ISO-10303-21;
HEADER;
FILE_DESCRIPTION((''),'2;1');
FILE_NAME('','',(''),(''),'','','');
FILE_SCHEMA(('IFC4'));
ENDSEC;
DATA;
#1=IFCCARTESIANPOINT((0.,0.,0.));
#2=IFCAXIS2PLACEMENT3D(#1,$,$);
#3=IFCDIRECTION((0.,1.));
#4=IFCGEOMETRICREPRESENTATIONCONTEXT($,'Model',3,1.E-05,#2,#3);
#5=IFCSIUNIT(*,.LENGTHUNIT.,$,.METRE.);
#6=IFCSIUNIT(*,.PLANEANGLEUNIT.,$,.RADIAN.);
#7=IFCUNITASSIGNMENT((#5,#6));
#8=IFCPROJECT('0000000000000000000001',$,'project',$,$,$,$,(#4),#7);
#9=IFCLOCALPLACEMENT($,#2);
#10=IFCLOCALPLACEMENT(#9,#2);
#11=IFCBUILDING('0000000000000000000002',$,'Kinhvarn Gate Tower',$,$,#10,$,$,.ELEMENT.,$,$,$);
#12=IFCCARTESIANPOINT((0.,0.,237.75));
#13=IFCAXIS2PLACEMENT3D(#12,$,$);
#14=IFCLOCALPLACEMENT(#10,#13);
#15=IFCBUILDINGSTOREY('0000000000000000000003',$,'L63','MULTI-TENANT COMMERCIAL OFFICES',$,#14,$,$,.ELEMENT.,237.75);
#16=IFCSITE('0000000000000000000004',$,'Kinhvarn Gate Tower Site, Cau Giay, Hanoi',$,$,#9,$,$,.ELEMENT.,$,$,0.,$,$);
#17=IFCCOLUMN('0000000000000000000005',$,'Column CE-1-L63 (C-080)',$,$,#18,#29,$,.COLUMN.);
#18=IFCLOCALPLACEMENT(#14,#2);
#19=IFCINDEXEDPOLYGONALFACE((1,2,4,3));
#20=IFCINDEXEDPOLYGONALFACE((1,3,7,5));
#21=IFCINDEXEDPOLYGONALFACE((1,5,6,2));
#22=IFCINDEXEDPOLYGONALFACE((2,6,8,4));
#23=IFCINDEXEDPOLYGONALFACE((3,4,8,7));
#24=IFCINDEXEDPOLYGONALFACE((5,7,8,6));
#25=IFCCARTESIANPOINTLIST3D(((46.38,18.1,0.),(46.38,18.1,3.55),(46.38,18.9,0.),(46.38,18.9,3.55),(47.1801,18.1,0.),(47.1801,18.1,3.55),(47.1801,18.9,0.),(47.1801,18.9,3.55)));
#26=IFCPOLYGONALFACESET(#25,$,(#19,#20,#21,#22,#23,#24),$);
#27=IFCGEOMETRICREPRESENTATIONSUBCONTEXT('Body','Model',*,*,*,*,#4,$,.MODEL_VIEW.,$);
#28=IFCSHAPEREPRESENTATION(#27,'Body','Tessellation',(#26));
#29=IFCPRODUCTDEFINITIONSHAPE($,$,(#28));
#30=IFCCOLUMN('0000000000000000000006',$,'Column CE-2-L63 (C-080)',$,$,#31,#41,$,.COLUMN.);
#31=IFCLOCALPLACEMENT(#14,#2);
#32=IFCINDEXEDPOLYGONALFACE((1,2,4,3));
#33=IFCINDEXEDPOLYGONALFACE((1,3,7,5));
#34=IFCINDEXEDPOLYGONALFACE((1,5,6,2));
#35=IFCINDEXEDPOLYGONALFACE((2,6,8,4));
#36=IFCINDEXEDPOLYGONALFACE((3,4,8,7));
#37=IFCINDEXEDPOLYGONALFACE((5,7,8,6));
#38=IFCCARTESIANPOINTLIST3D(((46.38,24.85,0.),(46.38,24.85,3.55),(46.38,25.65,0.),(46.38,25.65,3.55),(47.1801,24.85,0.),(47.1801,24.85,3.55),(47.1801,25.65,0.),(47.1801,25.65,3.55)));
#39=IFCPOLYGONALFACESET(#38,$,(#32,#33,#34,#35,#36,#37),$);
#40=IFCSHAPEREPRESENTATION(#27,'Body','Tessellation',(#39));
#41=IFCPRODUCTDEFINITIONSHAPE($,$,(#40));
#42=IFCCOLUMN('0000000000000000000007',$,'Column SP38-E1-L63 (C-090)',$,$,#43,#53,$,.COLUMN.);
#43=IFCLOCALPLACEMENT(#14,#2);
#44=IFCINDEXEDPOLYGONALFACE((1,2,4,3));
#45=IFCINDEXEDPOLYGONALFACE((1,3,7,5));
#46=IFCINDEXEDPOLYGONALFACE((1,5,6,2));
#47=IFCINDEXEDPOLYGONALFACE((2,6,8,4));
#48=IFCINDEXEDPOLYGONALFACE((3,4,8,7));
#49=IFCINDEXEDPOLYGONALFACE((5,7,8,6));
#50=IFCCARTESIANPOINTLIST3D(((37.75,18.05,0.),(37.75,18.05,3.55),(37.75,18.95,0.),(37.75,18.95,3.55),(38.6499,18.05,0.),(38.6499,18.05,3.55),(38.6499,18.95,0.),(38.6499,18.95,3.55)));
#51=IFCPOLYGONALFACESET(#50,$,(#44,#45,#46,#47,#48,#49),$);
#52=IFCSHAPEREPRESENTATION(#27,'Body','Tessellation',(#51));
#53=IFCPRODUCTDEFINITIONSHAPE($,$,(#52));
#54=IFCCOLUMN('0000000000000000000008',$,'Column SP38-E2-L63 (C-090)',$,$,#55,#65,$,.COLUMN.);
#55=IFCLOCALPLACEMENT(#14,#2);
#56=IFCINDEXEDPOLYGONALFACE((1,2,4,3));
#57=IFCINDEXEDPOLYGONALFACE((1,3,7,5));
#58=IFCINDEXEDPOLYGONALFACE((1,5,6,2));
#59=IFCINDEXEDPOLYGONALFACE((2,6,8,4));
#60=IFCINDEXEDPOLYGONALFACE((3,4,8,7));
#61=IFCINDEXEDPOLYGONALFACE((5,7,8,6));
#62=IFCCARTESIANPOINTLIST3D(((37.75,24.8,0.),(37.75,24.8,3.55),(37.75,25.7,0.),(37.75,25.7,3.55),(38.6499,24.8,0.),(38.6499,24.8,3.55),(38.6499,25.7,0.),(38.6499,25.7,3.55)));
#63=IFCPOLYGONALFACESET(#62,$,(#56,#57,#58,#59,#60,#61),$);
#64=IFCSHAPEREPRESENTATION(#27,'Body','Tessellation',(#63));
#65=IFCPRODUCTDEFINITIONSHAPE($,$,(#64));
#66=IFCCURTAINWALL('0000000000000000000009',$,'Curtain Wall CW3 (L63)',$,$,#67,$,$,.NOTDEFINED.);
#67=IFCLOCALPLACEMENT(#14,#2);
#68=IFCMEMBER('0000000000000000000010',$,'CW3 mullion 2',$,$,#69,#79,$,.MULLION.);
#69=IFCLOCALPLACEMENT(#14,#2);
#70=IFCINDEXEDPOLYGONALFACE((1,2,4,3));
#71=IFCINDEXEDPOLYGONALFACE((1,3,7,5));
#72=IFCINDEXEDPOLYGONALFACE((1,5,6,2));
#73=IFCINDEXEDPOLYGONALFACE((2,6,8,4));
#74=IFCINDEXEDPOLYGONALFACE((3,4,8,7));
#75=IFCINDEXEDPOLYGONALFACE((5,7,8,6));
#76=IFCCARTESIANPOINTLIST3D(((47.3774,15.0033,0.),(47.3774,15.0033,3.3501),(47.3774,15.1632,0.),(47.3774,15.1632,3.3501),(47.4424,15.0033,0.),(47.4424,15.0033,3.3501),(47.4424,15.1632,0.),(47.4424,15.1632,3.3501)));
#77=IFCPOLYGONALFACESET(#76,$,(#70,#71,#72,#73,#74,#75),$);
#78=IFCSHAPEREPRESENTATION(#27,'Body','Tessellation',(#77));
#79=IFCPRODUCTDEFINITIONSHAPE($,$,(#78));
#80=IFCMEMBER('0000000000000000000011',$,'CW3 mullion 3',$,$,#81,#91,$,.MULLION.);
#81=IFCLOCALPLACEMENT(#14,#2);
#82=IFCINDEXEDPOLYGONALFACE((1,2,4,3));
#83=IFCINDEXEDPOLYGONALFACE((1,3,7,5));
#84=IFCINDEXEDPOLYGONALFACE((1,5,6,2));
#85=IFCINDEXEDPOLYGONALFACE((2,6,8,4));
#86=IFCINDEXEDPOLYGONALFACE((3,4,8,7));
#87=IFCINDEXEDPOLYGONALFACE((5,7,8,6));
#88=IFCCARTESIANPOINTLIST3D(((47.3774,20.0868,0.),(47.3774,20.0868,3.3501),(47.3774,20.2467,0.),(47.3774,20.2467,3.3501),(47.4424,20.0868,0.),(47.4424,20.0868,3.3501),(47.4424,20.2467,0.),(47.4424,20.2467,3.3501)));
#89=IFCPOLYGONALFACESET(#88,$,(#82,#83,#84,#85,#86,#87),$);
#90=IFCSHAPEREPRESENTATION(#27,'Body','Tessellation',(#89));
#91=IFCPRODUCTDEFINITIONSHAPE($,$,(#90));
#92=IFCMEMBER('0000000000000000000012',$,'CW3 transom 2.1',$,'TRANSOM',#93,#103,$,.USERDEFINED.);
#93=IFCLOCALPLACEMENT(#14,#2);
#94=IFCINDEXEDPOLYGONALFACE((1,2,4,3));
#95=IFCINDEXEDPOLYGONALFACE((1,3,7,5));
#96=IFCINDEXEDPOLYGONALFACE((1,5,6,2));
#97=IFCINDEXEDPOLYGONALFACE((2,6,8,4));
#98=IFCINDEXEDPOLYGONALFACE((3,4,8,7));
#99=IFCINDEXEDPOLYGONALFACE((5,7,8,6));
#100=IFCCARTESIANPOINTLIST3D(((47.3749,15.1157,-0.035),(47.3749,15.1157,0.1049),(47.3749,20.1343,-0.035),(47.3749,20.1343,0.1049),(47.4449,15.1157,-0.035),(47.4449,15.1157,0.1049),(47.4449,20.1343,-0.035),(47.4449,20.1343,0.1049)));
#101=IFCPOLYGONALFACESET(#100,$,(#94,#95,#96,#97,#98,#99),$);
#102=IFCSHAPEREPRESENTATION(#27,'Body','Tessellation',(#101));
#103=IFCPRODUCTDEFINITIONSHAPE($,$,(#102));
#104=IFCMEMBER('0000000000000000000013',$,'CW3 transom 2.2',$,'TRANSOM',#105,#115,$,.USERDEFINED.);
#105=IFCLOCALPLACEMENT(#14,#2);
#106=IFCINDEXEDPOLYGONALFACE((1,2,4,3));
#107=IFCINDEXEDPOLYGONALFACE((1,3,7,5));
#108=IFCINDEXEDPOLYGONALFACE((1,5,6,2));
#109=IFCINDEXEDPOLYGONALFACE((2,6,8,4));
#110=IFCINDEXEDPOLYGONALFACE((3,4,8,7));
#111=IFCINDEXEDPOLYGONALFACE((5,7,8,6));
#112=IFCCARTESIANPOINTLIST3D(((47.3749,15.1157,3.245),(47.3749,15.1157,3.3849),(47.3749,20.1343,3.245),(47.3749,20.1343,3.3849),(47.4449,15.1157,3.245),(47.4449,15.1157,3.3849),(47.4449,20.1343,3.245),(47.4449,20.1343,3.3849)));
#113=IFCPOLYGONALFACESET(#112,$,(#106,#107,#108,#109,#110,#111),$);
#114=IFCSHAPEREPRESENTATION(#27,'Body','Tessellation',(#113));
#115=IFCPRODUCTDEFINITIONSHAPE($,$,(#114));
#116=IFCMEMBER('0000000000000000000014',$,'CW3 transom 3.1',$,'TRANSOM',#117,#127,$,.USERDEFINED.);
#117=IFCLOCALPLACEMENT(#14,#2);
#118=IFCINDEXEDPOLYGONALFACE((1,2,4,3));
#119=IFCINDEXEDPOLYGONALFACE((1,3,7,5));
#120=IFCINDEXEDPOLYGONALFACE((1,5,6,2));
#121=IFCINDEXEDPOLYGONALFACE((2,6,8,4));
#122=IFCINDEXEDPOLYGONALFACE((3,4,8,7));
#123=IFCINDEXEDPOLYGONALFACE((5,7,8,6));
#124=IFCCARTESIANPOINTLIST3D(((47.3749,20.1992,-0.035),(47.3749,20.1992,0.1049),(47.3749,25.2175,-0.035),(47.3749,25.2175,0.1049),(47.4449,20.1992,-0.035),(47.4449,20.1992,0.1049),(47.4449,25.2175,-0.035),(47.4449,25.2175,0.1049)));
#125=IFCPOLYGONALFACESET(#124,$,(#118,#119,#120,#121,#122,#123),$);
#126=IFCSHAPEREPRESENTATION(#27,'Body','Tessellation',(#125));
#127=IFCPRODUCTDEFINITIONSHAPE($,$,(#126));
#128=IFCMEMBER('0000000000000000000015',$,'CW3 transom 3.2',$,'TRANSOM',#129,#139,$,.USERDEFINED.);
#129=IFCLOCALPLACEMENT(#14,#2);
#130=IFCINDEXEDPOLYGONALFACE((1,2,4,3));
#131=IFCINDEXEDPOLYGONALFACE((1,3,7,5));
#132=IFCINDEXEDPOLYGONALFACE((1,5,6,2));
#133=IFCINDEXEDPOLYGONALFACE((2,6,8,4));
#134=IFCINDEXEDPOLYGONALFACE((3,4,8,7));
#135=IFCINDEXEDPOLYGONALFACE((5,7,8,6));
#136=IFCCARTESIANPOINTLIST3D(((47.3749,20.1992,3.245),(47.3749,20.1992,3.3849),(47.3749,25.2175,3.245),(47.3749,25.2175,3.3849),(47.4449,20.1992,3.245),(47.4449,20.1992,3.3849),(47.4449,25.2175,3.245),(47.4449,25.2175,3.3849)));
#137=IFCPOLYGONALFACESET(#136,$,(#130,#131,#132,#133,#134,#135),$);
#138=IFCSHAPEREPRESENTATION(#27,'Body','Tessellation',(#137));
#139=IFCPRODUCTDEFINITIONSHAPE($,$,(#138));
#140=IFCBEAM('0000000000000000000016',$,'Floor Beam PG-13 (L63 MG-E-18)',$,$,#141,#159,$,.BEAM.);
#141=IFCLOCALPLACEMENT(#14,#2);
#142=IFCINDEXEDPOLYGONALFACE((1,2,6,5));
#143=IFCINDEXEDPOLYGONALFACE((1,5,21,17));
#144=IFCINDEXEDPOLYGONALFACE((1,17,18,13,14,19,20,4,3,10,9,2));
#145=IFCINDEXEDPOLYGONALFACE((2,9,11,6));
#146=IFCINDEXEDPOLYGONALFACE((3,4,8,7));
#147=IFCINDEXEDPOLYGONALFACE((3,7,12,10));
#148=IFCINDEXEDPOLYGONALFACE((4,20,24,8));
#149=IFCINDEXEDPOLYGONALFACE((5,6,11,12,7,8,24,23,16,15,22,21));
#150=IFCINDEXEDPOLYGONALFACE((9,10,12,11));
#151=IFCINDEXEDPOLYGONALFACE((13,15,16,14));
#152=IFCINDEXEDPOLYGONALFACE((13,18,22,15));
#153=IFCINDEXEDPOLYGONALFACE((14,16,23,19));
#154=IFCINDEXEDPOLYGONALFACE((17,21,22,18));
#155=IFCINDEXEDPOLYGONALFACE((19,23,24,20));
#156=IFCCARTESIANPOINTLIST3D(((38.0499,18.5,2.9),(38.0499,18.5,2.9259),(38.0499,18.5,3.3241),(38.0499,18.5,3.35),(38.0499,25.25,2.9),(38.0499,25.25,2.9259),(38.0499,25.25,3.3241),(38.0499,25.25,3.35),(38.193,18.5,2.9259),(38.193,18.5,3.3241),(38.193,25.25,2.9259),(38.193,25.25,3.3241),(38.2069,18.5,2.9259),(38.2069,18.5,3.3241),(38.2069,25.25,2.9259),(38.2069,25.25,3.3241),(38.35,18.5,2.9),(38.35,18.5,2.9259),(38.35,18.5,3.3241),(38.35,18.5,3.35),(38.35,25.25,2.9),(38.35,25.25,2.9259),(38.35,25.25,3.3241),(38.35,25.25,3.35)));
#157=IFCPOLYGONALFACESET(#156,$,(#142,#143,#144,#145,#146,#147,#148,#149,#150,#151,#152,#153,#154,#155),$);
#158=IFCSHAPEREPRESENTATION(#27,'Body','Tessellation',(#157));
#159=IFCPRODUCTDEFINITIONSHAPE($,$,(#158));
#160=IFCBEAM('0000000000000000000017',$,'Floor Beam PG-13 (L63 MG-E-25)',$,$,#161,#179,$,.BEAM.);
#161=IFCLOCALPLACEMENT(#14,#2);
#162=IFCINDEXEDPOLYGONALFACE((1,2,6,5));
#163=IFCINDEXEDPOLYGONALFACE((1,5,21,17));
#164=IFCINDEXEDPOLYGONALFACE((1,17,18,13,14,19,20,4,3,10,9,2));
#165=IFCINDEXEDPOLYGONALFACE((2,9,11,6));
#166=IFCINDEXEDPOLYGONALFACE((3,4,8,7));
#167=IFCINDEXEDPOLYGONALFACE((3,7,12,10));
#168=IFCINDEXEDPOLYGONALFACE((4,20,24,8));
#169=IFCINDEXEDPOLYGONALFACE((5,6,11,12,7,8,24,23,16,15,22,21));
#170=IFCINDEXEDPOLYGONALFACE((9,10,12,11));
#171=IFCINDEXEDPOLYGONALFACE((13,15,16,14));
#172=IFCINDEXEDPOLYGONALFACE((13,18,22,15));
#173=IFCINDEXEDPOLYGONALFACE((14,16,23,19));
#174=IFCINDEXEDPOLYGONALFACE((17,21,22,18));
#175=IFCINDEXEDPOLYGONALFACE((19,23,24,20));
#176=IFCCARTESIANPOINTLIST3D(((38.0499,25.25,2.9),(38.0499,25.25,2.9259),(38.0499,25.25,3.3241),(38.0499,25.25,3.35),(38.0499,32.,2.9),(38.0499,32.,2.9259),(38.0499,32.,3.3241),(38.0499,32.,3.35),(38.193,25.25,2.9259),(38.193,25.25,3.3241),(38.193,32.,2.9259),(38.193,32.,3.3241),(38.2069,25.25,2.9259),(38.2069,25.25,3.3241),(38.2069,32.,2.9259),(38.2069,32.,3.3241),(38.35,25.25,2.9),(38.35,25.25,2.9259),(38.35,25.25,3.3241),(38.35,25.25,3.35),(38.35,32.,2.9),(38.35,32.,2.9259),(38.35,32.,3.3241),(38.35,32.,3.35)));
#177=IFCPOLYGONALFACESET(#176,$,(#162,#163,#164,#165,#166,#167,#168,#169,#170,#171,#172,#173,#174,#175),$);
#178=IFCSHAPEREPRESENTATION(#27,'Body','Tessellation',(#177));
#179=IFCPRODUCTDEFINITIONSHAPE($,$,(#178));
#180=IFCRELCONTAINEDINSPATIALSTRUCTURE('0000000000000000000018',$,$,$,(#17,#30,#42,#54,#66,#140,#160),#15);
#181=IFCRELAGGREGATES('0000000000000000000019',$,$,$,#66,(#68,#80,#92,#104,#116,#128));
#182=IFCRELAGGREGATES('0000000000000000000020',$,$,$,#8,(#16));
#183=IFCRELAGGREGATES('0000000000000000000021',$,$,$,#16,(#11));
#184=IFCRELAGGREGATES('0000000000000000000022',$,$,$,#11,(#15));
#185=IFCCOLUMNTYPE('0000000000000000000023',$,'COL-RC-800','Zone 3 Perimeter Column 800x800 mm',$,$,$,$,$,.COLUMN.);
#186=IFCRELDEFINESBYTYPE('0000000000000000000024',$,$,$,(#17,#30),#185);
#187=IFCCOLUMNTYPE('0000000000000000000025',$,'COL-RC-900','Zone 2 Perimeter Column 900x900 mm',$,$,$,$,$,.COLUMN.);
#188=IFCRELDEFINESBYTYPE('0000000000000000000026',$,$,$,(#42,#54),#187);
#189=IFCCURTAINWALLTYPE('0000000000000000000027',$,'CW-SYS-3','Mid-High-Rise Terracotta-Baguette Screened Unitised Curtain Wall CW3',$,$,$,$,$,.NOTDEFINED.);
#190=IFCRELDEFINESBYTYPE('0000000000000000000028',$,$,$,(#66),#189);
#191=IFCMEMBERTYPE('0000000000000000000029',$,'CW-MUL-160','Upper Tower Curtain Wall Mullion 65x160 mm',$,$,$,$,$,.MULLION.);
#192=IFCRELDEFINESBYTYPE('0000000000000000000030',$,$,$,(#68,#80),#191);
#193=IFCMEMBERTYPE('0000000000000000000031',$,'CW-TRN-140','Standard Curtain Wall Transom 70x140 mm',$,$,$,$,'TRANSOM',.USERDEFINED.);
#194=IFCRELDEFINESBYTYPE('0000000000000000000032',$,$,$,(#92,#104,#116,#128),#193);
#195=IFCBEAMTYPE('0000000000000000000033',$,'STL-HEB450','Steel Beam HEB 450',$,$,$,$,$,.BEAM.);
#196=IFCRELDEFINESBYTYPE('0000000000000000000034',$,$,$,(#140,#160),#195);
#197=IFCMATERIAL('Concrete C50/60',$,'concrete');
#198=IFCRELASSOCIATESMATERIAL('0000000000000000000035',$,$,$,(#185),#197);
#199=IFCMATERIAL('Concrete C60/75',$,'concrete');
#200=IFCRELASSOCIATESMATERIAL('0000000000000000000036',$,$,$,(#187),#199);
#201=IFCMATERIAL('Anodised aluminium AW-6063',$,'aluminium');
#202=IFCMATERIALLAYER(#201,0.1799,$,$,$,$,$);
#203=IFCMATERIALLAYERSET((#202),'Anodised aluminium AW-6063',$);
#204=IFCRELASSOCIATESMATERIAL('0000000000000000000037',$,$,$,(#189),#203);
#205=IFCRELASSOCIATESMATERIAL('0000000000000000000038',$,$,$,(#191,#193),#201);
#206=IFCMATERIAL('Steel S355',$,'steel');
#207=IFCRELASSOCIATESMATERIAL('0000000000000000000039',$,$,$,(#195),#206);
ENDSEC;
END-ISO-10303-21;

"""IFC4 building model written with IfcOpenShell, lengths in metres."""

from ifc_helpers import new_model, si_unit, direction, frame, origin, origin_2d, place, context, subcontext, project, spatial, rectangle, i_section, extrude, material, layer, layer_set, material_profile, profile_set, type_object, element, aggregate, save


model = new_model("IFC4")

# Units and contexts
model_context = context("Model", 3, precision=1e-05, world=origin(), true_north=direction((0.0, 1.0)))
body_context = subcontext(model_context, "Body", "Model", "MODEL_VIEW")
ifc_project = project(units=[si_unit("LENGTHUNIT", "METRE"), si_unit("PLANEANGLEUNIT", "RADIAN")], contexts=[model_context])

# Site, building, storey
site_placement = place(None, origin())
site = spatial("IfcSite", under=ifc_project, at=site_placement, Name="Kinhvarn Gate Tower Site, Cau Giay, Hanoi", CompositionType="ELEMENT", RefElevation=0.0)
building_placement = place(site_placement, origin())
building = spatial("IfcBuilding", under=site, at=building_placement, Name="Kinhvarn Gate Tower", CompositionType="ELEMENT")
storey_placement = place(building_placement, frame((0.0, 0.0, 237.75)))
storey = spatial("IfcBuildingStorey", under=building, at=storey_placement, Name="L63", Description="MULTI-TENANT COMMERCIAL OFFICES", CompositionType="ELEMENT", Elevation=237.75)

# Columns
ifc_material_1 = material(Name="Concrete C50/60", Category="concrete")
ifc_material_profile_1 = material_profile(ifc_material_1, rectangle(XDim=0.8, YDim=0.8, at=origin_2d()), Name="RC 800x800")
ifc_profile_set_1 = profile_set([ifc_material_profile_1], Name="Concrete C50/60")
column_type_1 = type_object("IfcColumnType", Name="COL-RC-800", Description="Zone 3 Perimeter Column 800x800 mm", PredefinedType="COLUMN", material=ifc_profile_set_1)
for number, where, z_axis, x_axis, name in (
    (1, (46.78, 18.5, 0.0), (0.0, 0.0, 1.0), (1.0, 0.0, 0.0), "Column CE-1-L63 (C-080)"),
    (2, (46.78, 25.25, 0.0), (0.0, 0.0, 1.0), (1.0, 0.0, 0.0), "Column CE-2-L63 (C-080)"),
):
    element("IfcColumn", number, at=place(storey_placement, frame(where, z_axis=z_axis, x_axis=x_axis)), inside=storey, type_object=column_type_1, Name=name, PredefinedType="COLUMN", context=body_context, shape_type="SweptSolid", body=[
        extrude(rectangle(XDim=0.8, YDim=0.8, at=origin_2d()), origin(), (0.0, 0.0, 1.0), 3.55),
    ])
ifc_material_2 = material(Name="Concrete C60/75", Category="concrete")
ifc_material_profile_2 = material_profile(ifc_material_2, rectangle(XDim=0.8999, YDim=0.8999, at=origin_2d()), Name="RC 900x900")
ifc_profile_set_2 = profile_set([ifc_material_profile_2], Name="Concrete C60/75")
column_type_2 = type_object("IfcColumnType", Name="COL-RC-900", Description="Zone 2 Perimeter Column 900x900 mm", PredefinedType="COLUMN", material=ifc_profile_set_2)
for number, where, z_axis, x_axis, name in (
    (3, (38.2, 18.5, 0.0), (0.0, 0.0, 1.0), (1.0, 0.0, 0.0), "Column SP38-E1-L63 (C-090)"),
    (4, (38.2, 25.25, 0.0), (0.0, 0.0, 1.0), (1.0, 0.0, 0.0), "Column SP38-E2-L63 (C-090)"),
):
    element("IfcColumn", number, at=place(storey_placement, frame(where, z_axis=z_axis, x_axis=x_axis)), inside=storey, type_object=column_type_2, Name=name, PredefinedType="COLUMN", context=body_context, shape_type="SweptSolid", body=[
        extrude(rectangle(XDim=0.8999, YDim=0.8999, at=origin_2d()), origin(), (0.0, 0.0, 1.0), 3.55),
    ])

# Curtain wall, members
ifc_material_3 = material(Name="Anodised aluminium AW-6063", Category="aluminium")
ifc_layer_1 = layer(ifc_material_3, 0.1799)
ifc_layer_set_1 = layer_set([ifc_layer_1], Name="Anodised aluminium AW-6063")
curtain_wall_type = type_object("IfcCurtainWallType", Name="CW-SYS-3", Description="Mid-High-Rise Terracotta-Baguette Screened Unitised Curtain Wall CW3", PredefinedType="NOTDEFINED", material=ifc_layer_set_1)
curtain_wall_placement = place(storey_placement, origin())
curtain_wall = element("IfcCurtainWall", 5, at=curtain_wall_placement, inside=storey, type_object=curtain_wall_type, Name="Curtain Wall CW3 (L63)", PredefinedType="NOTDEFINED")
ifc_material_profile_3 = material_profile(ifc_material_3, rectangle(XDim=0.0649, YDim=0.1599, at=origin_2d()), Name="ALU 65x160")
ifc_profile_set_3 = profile_set([ifc_material_profile_3], Name="Anodised aluminium AW-6063")
member_type_1 = type_object("IfcMemberType", Name="CW-MUL-160", Description="Upper Tower Curtain Wall Mullion 65x160 mm", PredefinedType="MULLION", material=ifc_profile_set_3)
member_1_placement = place(storey_placement, frame((47.4099, 15.0833, 0.0), z_axis=(0.0, 0.0, 1.0), x_axis=(-1.0, 0.0, 0.0)))
member_1 = element("IfcMember", 6, at=member_1_placement, type_object=member_type_1, Name="CW3 mullion 2", PredefinedType="MULLION", context=body_context, shape_type="SweptSolid", body=[
    extrude(rectangle(XDim=0.0649, YDim=0.1599, at=origin_2d()), origin(), (0.0, 0.0, 1.0), 3.3501),
])
member_2_placement = place(storey_placement, frame((47.4099, 20.1667, 0.0), z_axis=(0.0, 0.0, 1.0), x_axis=(-1.0, 0.0, 0.0)))
member_2 = element("IfcMember", 7, at=member_2_placement, type_object=member_type_1, Name="CW3 mullion 3", PredefinedType="MULLION", context=body_context, shape_type="SweptSolid", body=[
    extrude(rectangle(XDim=0.0649, YDim=0.1599, at=origin_2d()), origin(), (0.0, 0.0, 1.0), 3.3501),
])
ifc_material_profile_4 = material_profile(ifc_material_3, rectangle(XDim=0.0701, YDim=0.1399, at=origin_2d()), Name="ALU 70x140")
ifc_profile_set_4 = profile_set([ifc_material_profile_4], Name="Anodised aluminium AW-6063")
member_type_2 = type_object("IfcMemberType", Name="CW-TRN-140", Description="Standard Curtain Wall Transom 70x140 mm", ElementType="TRANSOM", PredefinedType="USERDEFINED", material=ifc_profile_set_4)
member_3_placement = place(storey_placement, frame((47.4099, 15.1157, 0.0349), z_axis=(0.0, 1.0, 0.0), x_axis=(-1.0, 0.0, 0.0)))
member_3 = element("IfcMember", 8, at=member_3_placement, type_object=member_type_2, Name="CW3 transom 2.1", ObjectType="TRANSOM", PredefinedType="USERDEFINED", context=body_context, shape_type="SweptSolid", body=[
    extrude(rectangle(XDim=0.0701, YDim=0.1399, at=origin_2d()), origin(), (0.0, 0.0, 1.0), 5.0186),
])
member_4_placement = place(storey_placement, frame((47.4099, 15.1157, 3.3149), z_axis=(0.0, 1.0, 0.0), x_axis=(-1.0, 0.0, 0.0)))
member_4 = element("IfcMember", 9, at=member_4_placement, type_object=member_type_2, Name="CW3 transom 2.2", ObjectType="TRANSOM", PredefinedType="USERDEFINED", context=body_context, shape_type="SweptSolid", body=[
    extrude(rectangle(XDim=0.0701, YDim=0.1399, at=origin_2d()), origin(), (0.0, 0.0, 1.0), 5.0186),
])
member_5_placement = place(storey_placement, frame((47.4099, 20.1992, 0.0349), z_axis=(0.0, 1.0, 0.0), x_axis=(-1.0, 0.0, 0.0)))
member_5 = element("IfcMember", 10, at=member_5_placement, type_object=member_type_2, Name="CW3 transom 3.1", ObjectType="TRANSOM", PredefinedType="USERDEFINED", context=body_context, shape_type="SweptSolid", body=[
    extrude(rectangle(XDim=0.0701, YDim=0.1399, at=origin_2d()), origin(), (0.0, 0.0, 1.0), 5.0183),
])
member_6_placement = place(storey_placement, frame((47.4099, 20.1992, 3.3149), z_axis=(0.0, 1.0, 0.0), x_axis=(-1.0, 0.0, 0.0)))
member_6 = element("IfcMember", 11, at=member_6_placement, type_object=member_type_2, Name="CW3 transom 3.2", ObjectType="TRANSOM", PredefinedType="USERDEFINED", context=body_context, shape_type="SweptSolid", body=[
    extrude(rectangle(XDim=0.0701, YDim=0.1399, at=origin_2d()), origin(), (0.0, 0.0, 1.0), 5.0183),
])

# Beams
ifc_material_4 = material(Name="Steel S355", Category="steel")
ifc_material_profile_5 = material_profile(ifc_material_4, i_section(OverallWidth=0.3, OverallDepth=0.45, WebThickness=0.0139, FlangeThickness=0.0259, at=origin_2d()), Name="HEB 450")
ifc_profile_set_5 = profile_set([ifc_material_profile_5], Name="Steel S355")
beam_type_1 = type_object("IfcBeamType", Name="STL-HEB450", Description="Steel Beam HEB 450", PredefinedType="BEAM", material=ifc_profile_set_5)
for number, where, z_axis, x_axis, name in (
    (12, (38.2, 18.5, 3.125), (0.0, 1.0, 0.0), (-1.0, 0.0, 0.0), "Floor Beam PG-13 (L63 MG-E-18)"),
    (13, (38.2, 25.25, 3.125), (0.0, 1.0, 0.0), (-1.0, 0.0, 0.0), "Floor Beam PG-13 (L63 MG-E-25)"),
):
    element("IfcBeam", number, at=place(storey_placement, frame(where, z_axis=z_axis, x_axis=x_axis)), inside=storey, type_object=beam_type_1, Name=name, PredefinedType="BEAM", context=body_context, shape_type="SweptSolid", body=[
        extrude(i_section(OverallWidth=0.3, OverallDepth=0.45, WebThickness=0.0139, FlangeThickness=0.0259, at=origin_2d()), origin(), (0.0, 0.0, 1.0), 6.75),
    ])

aggregate(curtain_wall, [member_1, member_2, member_3, member_4, member_5, member_6])

save(model, "model.ifc")
